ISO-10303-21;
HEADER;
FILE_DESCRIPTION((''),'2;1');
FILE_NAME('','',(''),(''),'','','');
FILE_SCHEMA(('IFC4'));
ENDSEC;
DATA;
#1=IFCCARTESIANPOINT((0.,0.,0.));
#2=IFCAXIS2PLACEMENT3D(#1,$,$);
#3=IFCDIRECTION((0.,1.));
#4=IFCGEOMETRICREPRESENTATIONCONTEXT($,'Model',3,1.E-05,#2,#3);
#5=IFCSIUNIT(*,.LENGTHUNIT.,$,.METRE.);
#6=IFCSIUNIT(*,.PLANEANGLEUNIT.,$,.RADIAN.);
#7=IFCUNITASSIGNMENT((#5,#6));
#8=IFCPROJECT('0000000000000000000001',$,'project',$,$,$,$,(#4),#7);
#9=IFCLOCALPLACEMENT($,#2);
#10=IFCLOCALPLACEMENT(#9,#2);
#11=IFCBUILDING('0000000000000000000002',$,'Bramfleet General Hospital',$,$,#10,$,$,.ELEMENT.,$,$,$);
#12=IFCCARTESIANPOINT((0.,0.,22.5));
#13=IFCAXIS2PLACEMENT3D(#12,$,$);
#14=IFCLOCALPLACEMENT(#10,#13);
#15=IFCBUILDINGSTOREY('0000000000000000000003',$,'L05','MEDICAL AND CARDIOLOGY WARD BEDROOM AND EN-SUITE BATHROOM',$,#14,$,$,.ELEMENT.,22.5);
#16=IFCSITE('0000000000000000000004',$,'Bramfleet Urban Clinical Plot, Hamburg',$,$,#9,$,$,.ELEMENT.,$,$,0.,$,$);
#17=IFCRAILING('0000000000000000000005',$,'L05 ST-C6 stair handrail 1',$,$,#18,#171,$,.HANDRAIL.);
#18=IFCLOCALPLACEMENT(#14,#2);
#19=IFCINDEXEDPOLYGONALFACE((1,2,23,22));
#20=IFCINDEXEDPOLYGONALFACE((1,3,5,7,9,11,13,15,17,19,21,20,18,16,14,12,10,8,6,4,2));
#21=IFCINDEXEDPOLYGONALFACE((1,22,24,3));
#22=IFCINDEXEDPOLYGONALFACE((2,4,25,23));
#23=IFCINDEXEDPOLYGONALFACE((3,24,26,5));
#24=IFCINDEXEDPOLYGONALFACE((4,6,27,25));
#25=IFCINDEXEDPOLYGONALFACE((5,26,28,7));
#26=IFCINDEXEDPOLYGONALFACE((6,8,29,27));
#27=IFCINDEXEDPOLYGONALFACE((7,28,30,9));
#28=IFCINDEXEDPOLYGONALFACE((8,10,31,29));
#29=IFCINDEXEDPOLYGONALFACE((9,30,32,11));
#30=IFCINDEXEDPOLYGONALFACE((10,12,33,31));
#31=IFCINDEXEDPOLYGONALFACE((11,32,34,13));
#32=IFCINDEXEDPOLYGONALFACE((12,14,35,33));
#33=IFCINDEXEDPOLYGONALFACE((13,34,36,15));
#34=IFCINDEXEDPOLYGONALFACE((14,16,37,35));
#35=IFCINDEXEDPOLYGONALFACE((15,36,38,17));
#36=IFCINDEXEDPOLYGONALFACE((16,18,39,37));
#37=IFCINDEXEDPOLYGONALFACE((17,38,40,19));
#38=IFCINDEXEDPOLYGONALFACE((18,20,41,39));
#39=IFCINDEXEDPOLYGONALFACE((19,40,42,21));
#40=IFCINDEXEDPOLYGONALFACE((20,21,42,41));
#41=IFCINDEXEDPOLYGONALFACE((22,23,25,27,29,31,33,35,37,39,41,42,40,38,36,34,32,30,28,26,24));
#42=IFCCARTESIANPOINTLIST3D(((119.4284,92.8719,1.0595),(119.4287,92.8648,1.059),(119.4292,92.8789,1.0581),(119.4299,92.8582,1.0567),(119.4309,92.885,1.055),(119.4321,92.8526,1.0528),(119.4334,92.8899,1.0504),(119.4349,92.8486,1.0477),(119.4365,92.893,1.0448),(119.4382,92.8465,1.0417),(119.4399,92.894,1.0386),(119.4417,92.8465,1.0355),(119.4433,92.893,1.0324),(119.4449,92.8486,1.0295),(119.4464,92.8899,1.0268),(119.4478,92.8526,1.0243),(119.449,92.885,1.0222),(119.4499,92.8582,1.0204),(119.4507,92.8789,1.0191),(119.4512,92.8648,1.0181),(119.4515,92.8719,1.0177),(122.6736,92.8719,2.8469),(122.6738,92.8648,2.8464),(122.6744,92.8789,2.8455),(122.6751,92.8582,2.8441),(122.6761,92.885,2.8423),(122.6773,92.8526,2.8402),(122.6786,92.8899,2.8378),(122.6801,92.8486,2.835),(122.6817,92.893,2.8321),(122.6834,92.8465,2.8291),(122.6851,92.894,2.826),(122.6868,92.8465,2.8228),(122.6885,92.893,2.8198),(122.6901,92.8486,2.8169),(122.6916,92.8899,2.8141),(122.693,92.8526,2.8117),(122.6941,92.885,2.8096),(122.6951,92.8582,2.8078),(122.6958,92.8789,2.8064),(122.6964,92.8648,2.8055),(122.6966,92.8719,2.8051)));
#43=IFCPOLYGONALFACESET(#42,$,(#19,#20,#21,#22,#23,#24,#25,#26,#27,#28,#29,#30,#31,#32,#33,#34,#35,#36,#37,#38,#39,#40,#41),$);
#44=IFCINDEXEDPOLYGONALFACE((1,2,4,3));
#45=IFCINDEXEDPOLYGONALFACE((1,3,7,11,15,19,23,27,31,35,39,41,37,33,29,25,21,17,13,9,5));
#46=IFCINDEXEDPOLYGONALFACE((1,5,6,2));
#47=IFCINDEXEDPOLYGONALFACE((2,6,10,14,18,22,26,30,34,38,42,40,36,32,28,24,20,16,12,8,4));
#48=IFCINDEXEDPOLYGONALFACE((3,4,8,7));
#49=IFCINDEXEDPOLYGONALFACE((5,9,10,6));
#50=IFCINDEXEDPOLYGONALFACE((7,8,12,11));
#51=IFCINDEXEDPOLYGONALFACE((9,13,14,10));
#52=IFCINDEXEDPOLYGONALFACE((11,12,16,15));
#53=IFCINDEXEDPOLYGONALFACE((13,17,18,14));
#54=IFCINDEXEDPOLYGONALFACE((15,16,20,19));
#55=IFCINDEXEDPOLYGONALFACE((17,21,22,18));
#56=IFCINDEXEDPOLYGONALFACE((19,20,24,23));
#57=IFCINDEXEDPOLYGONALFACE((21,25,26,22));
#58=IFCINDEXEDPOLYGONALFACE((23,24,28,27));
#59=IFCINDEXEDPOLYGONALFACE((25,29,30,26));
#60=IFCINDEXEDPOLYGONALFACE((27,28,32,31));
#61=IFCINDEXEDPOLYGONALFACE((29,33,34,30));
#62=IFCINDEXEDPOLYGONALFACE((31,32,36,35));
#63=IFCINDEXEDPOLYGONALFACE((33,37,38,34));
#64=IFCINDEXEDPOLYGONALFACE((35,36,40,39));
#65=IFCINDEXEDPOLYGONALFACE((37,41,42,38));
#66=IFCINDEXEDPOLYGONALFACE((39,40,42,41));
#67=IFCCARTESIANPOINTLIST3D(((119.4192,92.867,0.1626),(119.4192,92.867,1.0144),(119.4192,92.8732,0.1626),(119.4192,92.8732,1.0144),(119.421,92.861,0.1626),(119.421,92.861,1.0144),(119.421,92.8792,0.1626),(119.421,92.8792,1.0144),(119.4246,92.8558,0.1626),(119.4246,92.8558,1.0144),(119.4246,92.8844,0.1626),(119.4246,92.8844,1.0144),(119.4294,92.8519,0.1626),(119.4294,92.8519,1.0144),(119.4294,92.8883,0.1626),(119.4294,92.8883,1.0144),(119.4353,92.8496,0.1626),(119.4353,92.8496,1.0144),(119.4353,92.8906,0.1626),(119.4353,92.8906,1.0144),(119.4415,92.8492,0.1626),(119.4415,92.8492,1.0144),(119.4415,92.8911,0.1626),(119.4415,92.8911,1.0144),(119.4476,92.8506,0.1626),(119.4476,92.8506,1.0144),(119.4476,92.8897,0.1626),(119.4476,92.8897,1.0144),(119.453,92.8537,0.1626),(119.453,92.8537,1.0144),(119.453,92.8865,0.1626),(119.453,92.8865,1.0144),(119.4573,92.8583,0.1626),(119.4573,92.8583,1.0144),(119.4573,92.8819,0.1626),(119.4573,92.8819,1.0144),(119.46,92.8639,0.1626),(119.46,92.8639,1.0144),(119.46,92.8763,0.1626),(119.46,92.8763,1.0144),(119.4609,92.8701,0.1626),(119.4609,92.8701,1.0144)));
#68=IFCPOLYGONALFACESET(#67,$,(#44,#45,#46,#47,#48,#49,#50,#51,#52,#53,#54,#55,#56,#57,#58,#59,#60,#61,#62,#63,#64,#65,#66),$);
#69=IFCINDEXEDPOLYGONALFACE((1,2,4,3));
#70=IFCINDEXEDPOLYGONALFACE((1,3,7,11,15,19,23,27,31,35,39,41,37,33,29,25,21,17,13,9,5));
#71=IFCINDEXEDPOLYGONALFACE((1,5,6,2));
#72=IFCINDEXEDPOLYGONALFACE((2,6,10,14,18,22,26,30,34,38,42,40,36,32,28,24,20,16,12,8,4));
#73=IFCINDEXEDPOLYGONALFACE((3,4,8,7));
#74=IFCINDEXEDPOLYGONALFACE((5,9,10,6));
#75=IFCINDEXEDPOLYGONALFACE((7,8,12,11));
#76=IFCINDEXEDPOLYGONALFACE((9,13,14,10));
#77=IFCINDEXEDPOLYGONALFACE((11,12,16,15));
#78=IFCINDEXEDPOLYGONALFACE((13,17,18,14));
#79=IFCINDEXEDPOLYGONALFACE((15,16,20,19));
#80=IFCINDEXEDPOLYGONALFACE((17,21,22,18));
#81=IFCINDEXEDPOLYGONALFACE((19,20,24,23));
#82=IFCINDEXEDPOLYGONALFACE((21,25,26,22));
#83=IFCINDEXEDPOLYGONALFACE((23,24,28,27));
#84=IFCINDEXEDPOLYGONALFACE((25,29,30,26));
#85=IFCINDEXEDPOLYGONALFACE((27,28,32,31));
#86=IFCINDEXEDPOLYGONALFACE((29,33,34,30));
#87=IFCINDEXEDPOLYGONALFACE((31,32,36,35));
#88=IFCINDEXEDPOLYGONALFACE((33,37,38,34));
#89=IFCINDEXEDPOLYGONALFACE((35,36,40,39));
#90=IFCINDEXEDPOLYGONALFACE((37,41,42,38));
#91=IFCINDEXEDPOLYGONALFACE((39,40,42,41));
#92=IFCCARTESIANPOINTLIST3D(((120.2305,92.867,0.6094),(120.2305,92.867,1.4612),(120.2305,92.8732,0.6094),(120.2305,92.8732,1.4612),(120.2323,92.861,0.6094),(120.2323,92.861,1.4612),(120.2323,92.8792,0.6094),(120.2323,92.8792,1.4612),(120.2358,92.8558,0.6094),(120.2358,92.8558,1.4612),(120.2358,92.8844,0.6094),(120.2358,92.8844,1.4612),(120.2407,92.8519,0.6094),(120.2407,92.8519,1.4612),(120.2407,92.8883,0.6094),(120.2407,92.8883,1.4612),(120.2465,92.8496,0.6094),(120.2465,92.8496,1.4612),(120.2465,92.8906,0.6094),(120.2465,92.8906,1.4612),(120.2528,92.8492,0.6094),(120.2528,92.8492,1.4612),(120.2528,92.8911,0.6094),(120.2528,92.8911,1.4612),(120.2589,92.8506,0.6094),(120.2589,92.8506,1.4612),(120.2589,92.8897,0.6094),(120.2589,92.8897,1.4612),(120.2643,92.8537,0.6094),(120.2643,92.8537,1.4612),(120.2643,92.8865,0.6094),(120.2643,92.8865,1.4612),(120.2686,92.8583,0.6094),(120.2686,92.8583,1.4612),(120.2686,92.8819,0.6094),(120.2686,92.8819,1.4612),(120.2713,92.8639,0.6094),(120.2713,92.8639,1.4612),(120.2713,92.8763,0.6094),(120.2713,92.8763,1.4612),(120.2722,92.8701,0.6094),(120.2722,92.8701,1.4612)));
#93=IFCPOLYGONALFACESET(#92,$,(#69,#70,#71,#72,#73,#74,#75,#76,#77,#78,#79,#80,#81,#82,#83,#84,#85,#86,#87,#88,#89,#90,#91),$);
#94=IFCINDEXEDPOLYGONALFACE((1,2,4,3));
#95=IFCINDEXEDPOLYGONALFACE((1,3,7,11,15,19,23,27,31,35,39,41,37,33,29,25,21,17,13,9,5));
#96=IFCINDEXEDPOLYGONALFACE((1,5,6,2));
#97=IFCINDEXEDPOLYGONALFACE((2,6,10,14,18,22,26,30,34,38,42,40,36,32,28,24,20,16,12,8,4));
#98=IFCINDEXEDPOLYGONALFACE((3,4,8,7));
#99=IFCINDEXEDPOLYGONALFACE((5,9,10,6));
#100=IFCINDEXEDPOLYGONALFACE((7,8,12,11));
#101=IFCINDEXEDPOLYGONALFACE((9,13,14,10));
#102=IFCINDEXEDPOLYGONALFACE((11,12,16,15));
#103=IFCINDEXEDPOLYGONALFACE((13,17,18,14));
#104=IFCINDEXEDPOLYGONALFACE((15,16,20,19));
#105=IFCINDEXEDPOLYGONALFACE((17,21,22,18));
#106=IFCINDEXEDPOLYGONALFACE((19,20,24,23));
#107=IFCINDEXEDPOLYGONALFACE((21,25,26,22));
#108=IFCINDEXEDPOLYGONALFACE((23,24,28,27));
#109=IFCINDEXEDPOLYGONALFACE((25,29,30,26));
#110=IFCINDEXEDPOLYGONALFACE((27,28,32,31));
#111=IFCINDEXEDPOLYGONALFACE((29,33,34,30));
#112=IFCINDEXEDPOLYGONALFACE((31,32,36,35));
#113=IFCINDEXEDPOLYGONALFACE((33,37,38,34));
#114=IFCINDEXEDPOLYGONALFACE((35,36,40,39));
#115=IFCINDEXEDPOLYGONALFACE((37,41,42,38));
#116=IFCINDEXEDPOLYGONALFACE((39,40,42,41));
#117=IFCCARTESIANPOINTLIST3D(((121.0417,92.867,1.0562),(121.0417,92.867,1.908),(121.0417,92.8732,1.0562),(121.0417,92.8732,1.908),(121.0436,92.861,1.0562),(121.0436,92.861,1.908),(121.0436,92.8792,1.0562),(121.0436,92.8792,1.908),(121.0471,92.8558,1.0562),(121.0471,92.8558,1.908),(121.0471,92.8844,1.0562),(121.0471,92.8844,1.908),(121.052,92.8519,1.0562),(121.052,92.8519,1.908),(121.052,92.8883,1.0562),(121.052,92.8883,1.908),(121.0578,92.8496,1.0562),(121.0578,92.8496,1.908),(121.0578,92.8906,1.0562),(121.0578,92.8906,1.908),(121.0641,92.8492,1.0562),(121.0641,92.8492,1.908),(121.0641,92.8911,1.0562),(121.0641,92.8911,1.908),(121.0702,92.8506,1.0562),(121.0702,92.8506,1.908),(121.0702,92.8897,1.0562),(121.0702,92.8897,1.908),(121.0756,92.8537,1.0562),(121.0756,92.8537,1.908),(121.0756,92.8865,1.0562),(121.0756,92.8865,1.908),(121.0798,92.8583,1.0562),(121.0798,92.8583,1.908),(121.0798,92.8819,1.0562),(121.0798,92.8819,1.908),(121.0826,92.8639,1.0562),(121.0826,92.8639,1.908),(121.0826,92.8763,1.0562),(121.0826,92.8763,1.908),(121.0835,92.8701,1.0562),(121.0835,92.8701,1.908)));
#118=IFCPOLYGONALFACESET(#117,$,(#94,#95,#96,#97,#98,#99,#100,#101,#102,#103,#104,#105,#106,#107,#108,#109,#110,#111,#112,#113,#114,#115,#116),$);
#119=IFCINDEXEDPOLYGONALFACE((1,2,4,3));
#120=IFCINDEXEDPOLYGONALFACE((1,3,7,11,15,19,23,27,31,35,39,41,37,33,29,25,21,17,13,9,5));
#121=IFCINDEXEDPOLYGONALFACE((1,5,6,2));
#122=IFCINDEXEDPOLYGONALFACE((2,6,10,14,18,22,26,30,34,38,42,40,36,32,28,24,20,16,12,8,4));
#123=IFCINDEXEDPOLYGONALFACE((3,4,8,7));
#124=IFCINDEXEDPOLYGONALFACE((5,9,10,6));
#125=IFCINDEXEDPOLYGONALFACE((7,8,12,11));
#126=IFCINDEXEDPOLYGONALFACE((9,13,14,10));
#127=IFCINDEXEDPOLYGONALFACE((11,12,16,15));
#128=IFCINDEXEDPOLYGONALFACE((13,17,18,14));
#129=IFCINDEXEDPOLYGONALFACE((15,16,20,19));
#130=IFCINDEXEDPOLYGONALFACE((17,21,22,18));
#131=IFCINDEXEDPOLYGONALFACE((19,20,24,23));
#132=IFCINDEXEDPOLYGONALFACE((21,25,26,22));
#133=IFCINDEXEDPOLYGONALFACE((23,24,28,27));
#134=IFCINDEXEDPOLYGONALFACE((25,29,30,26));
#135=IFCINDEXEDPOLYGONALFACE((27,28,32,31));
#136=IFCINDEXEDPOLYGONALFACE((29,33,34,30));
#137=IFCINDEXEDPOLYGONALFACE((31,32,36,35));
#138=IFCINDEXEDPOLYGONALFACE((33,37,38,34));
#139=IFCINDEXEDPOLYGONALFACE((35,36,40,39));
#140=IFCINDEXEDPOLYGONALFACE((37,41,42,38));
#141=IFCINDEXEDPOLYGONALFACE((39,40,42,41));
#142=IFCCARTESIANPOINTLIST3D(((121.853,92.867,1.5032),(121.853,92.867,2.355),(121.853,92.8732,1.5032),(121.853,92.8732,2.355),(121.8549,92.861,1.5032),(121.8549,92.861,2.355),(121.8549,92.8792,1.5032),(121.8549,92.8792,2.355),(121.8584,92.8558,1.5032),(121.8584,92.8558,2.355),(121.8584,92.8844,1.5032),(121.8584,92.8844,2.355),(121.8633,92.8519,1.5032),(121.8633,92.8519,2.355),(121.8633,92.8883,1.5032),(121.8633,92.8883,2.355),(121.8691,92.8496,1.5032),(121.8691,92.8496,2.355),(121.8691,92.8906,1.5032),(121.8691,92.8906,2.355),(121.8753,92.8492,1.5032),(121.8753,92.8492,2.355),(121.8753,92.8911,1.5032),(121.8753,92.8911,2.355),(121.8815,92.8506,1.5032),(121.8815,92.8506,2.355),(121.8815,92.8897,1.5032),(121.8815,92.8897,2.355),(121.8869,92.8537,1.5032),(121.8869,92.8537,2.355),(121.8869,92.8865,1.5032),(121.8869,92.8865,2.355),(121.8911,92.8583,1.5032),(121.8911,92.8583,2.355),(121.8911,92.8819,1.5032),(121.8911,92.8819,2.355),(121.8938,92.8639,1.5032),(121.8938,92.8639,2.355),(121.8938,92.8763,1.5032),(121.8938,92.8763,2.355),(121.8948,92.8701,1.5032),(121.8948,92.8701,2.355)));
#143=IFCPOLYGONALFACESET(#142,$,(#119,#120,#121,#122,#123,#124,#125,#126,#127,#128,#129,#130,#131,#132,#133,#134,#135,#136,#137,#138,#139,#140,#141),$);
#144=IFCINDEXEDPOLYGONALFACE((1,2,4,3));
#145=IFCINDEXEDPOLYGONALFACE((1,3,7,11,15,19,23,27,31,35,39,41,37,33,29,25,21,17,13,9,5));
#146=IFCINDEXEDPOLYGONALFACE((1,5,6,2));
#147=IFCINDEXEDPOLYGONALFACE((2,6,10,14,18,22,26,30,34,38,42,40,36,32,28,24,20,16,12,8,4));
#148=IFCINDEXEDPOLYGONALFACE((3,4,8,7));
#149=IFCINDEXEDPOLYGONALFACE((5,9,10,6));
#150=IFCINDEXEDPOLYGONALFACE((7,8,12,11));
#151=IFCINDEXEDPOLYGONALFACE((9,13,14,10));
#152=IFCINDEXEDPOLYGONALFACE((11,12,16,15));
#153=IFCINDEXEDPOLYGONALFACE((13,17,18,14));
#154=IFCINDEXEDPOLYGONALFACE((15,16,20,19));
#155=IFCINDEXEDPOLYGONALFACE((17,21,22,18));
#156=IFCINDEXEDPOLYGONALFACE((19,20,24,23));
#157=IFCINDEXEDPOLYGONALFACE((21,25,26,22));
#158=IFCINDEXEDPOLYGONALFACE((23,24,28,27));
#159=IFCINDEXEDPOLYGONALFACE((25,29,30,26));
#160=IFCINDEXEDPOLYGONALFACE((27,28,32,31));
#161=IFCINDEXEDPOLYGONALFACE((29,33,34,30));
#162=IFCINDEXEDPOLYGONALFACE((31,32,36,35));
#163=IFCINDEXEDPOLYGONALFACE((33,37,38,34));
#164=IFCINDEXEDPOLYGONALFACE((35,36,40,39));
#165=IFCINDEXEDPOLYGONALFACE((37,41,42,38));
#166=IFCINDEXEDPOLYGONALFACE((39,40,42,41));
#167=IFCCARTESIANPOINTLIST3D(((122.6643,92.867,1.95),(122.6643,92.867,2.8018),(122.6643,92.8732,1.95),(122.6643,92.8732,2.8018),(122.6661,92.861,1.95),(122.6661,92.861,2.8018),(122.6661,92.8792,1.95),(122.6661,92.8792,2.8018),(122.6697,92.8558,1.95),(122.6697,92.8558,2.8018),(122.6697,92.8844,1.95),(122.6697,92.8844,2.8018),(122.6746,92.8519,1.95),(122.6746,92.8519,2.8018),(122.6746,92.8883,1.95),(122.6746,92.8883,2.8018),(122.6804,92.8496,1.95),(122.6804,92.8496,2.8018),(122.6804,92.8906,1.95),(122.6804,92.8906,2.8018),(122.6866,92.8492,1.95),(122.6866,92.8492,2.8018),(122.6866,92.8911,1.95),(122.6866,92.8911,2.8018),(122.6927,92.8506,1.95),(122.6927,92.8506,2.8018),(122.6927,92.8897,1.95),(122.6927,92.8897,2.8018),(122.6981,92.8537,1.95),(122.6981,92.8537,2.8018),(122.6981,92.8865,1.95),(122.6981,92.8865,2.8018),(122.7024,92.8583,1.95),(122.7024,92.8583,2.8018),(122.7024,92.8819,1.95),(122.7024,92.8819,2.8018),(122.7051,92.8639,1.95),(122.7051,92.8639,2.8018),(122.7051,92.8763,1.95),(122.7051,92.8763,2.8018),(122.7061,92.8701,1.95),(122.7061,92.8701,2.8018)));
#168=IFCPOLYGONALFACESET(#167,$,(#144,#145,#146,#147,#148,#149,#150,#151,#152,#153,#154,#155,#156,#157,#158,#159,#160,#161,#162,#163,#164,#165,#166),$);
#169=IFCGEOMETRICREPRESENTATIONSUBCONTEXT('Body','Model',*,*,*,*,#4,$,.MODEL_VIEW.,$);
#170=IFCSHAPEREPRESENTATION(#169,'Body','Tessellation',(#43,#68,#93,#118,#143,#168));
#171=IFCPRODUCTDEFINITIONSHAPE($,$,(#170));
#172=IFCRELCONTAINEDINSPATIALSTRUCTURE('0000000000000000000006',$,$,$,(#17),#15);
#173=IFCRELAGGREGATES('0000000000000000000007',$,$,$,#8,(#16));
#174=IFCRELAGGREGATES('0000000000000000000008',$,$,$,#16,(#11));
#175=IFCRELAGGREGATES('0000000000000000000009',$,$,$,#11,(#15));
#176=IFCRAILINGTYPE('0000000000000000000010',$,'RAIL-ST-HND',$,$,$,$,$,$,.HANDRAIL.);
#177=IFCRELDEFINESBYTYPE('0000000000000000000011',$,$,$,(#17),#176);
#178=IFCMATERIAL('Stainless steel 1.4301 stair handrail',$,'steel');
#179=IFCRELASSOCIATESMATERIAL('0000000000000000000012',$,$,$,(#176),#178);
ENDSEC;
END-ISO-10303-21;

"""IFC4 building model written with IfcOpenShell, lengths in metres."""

from ifc_helpers import new_model, si_unit, direction, frame, origin, origin_2d, place, context, subcontext, project, spatial, circle, extrude, material, type_object, element, save


model = new_model("IFC4")

# Units and contexts
model_context = context("Model", 3, precision=1e-05, world=origin(), true_north=direction((0.0, 1.0)))
body_context = subcontext(model_context, "Body", "Model", "MODEL_VIEW")
ifc_project = project(units=[si_unit("LENGTHUNIT", "METRE"), si_unit("PLANEANGLEUNIT", "RADIAN")], contexts=[model_context])

# Site, building, storey
site_placement = place(None, origin())
site = spatial("IfcSite", under=ifc_project, at=site_placement, Name="Bramfleet Urban Clinical Plot, Hamburg", CompositionType="ELEMENT", RefElevation=0.0)
building_placement = place(site_placement, origin())
building = spatial("IfcBuilding", under=site, at=building_placement, Name="Bramfleet General Hospital", CompositionType="ELEMENT")
storey_placement = place(building_placement, frame((0.0, 0.0, 22.5)))
storey = spatial("IfcBuildingStorey", under=building, at=storey_placement, Name="L05", Description="MEDICAL AND CARDIOLOGY WARD BEDROOM AND EN-SUITE BATHROOM", CompositionType="ELEMENT", Elevation=22.5)

# Railing
ifc_material_1 = material(Name="Stainless steel 1.4301 stair handrail", Category="steel")
railing_type_1 = type_object("IfcRailingType", Name="RAIL-ST-HND", PredefinedType="HANDRAIL", material=ifc_material_1)
railing_1_placement = place(storey_placement, frame((119.4399, 92.8701, 0.1626)))
element("IfcRailing", 1, at=railing_1_placement, inside=storey, type_object=railing_type_1, Name="L05 ST-C6 stair handrail 1", PredefinedType="HANDRAIL", context=body_context, shape_type="SweptSolid", body=[
    extrude(circle(Radius=0.0239, at=origin_2d()), frame((0.0, 0.0, 0.876), z_axis=(0.875926, 0.0, 0.482445), x_axis=(0.0, 1.0, 0.0)), (0.0, 0.0, 1.0), 3.7048),
    extrude(circle(Radius=0.021, at=origin_2d()), origin(), (0.0, 0.0, 1.0), 0.8518),
    extrude(circle(Radius=0.021, at=origin_2d()), frame((0.8113, 0.0, 0.4468)), (0.0, 0.0, 1.0), 0.8518),
    extrude(circle(Radius=0.021, at=origin_2d()), frame((1.6226, 0.0, 0.8936)), (0.0, 0.0, 1.0), 0.8518),
    extrude(circle(Radius=0.021, at=origin_2d()), frame((2.4338, 0.0, 1.3406)), (0.0, 0.0, 1.0), 0.8518),
    extrude(circle(Radius=0.021, at=origin_2d()), frame((3.2451, 0.0, 1.7874)), (0.0, 0.0, 1.0), 0.8518),
])

save(model, "model.ifc")
